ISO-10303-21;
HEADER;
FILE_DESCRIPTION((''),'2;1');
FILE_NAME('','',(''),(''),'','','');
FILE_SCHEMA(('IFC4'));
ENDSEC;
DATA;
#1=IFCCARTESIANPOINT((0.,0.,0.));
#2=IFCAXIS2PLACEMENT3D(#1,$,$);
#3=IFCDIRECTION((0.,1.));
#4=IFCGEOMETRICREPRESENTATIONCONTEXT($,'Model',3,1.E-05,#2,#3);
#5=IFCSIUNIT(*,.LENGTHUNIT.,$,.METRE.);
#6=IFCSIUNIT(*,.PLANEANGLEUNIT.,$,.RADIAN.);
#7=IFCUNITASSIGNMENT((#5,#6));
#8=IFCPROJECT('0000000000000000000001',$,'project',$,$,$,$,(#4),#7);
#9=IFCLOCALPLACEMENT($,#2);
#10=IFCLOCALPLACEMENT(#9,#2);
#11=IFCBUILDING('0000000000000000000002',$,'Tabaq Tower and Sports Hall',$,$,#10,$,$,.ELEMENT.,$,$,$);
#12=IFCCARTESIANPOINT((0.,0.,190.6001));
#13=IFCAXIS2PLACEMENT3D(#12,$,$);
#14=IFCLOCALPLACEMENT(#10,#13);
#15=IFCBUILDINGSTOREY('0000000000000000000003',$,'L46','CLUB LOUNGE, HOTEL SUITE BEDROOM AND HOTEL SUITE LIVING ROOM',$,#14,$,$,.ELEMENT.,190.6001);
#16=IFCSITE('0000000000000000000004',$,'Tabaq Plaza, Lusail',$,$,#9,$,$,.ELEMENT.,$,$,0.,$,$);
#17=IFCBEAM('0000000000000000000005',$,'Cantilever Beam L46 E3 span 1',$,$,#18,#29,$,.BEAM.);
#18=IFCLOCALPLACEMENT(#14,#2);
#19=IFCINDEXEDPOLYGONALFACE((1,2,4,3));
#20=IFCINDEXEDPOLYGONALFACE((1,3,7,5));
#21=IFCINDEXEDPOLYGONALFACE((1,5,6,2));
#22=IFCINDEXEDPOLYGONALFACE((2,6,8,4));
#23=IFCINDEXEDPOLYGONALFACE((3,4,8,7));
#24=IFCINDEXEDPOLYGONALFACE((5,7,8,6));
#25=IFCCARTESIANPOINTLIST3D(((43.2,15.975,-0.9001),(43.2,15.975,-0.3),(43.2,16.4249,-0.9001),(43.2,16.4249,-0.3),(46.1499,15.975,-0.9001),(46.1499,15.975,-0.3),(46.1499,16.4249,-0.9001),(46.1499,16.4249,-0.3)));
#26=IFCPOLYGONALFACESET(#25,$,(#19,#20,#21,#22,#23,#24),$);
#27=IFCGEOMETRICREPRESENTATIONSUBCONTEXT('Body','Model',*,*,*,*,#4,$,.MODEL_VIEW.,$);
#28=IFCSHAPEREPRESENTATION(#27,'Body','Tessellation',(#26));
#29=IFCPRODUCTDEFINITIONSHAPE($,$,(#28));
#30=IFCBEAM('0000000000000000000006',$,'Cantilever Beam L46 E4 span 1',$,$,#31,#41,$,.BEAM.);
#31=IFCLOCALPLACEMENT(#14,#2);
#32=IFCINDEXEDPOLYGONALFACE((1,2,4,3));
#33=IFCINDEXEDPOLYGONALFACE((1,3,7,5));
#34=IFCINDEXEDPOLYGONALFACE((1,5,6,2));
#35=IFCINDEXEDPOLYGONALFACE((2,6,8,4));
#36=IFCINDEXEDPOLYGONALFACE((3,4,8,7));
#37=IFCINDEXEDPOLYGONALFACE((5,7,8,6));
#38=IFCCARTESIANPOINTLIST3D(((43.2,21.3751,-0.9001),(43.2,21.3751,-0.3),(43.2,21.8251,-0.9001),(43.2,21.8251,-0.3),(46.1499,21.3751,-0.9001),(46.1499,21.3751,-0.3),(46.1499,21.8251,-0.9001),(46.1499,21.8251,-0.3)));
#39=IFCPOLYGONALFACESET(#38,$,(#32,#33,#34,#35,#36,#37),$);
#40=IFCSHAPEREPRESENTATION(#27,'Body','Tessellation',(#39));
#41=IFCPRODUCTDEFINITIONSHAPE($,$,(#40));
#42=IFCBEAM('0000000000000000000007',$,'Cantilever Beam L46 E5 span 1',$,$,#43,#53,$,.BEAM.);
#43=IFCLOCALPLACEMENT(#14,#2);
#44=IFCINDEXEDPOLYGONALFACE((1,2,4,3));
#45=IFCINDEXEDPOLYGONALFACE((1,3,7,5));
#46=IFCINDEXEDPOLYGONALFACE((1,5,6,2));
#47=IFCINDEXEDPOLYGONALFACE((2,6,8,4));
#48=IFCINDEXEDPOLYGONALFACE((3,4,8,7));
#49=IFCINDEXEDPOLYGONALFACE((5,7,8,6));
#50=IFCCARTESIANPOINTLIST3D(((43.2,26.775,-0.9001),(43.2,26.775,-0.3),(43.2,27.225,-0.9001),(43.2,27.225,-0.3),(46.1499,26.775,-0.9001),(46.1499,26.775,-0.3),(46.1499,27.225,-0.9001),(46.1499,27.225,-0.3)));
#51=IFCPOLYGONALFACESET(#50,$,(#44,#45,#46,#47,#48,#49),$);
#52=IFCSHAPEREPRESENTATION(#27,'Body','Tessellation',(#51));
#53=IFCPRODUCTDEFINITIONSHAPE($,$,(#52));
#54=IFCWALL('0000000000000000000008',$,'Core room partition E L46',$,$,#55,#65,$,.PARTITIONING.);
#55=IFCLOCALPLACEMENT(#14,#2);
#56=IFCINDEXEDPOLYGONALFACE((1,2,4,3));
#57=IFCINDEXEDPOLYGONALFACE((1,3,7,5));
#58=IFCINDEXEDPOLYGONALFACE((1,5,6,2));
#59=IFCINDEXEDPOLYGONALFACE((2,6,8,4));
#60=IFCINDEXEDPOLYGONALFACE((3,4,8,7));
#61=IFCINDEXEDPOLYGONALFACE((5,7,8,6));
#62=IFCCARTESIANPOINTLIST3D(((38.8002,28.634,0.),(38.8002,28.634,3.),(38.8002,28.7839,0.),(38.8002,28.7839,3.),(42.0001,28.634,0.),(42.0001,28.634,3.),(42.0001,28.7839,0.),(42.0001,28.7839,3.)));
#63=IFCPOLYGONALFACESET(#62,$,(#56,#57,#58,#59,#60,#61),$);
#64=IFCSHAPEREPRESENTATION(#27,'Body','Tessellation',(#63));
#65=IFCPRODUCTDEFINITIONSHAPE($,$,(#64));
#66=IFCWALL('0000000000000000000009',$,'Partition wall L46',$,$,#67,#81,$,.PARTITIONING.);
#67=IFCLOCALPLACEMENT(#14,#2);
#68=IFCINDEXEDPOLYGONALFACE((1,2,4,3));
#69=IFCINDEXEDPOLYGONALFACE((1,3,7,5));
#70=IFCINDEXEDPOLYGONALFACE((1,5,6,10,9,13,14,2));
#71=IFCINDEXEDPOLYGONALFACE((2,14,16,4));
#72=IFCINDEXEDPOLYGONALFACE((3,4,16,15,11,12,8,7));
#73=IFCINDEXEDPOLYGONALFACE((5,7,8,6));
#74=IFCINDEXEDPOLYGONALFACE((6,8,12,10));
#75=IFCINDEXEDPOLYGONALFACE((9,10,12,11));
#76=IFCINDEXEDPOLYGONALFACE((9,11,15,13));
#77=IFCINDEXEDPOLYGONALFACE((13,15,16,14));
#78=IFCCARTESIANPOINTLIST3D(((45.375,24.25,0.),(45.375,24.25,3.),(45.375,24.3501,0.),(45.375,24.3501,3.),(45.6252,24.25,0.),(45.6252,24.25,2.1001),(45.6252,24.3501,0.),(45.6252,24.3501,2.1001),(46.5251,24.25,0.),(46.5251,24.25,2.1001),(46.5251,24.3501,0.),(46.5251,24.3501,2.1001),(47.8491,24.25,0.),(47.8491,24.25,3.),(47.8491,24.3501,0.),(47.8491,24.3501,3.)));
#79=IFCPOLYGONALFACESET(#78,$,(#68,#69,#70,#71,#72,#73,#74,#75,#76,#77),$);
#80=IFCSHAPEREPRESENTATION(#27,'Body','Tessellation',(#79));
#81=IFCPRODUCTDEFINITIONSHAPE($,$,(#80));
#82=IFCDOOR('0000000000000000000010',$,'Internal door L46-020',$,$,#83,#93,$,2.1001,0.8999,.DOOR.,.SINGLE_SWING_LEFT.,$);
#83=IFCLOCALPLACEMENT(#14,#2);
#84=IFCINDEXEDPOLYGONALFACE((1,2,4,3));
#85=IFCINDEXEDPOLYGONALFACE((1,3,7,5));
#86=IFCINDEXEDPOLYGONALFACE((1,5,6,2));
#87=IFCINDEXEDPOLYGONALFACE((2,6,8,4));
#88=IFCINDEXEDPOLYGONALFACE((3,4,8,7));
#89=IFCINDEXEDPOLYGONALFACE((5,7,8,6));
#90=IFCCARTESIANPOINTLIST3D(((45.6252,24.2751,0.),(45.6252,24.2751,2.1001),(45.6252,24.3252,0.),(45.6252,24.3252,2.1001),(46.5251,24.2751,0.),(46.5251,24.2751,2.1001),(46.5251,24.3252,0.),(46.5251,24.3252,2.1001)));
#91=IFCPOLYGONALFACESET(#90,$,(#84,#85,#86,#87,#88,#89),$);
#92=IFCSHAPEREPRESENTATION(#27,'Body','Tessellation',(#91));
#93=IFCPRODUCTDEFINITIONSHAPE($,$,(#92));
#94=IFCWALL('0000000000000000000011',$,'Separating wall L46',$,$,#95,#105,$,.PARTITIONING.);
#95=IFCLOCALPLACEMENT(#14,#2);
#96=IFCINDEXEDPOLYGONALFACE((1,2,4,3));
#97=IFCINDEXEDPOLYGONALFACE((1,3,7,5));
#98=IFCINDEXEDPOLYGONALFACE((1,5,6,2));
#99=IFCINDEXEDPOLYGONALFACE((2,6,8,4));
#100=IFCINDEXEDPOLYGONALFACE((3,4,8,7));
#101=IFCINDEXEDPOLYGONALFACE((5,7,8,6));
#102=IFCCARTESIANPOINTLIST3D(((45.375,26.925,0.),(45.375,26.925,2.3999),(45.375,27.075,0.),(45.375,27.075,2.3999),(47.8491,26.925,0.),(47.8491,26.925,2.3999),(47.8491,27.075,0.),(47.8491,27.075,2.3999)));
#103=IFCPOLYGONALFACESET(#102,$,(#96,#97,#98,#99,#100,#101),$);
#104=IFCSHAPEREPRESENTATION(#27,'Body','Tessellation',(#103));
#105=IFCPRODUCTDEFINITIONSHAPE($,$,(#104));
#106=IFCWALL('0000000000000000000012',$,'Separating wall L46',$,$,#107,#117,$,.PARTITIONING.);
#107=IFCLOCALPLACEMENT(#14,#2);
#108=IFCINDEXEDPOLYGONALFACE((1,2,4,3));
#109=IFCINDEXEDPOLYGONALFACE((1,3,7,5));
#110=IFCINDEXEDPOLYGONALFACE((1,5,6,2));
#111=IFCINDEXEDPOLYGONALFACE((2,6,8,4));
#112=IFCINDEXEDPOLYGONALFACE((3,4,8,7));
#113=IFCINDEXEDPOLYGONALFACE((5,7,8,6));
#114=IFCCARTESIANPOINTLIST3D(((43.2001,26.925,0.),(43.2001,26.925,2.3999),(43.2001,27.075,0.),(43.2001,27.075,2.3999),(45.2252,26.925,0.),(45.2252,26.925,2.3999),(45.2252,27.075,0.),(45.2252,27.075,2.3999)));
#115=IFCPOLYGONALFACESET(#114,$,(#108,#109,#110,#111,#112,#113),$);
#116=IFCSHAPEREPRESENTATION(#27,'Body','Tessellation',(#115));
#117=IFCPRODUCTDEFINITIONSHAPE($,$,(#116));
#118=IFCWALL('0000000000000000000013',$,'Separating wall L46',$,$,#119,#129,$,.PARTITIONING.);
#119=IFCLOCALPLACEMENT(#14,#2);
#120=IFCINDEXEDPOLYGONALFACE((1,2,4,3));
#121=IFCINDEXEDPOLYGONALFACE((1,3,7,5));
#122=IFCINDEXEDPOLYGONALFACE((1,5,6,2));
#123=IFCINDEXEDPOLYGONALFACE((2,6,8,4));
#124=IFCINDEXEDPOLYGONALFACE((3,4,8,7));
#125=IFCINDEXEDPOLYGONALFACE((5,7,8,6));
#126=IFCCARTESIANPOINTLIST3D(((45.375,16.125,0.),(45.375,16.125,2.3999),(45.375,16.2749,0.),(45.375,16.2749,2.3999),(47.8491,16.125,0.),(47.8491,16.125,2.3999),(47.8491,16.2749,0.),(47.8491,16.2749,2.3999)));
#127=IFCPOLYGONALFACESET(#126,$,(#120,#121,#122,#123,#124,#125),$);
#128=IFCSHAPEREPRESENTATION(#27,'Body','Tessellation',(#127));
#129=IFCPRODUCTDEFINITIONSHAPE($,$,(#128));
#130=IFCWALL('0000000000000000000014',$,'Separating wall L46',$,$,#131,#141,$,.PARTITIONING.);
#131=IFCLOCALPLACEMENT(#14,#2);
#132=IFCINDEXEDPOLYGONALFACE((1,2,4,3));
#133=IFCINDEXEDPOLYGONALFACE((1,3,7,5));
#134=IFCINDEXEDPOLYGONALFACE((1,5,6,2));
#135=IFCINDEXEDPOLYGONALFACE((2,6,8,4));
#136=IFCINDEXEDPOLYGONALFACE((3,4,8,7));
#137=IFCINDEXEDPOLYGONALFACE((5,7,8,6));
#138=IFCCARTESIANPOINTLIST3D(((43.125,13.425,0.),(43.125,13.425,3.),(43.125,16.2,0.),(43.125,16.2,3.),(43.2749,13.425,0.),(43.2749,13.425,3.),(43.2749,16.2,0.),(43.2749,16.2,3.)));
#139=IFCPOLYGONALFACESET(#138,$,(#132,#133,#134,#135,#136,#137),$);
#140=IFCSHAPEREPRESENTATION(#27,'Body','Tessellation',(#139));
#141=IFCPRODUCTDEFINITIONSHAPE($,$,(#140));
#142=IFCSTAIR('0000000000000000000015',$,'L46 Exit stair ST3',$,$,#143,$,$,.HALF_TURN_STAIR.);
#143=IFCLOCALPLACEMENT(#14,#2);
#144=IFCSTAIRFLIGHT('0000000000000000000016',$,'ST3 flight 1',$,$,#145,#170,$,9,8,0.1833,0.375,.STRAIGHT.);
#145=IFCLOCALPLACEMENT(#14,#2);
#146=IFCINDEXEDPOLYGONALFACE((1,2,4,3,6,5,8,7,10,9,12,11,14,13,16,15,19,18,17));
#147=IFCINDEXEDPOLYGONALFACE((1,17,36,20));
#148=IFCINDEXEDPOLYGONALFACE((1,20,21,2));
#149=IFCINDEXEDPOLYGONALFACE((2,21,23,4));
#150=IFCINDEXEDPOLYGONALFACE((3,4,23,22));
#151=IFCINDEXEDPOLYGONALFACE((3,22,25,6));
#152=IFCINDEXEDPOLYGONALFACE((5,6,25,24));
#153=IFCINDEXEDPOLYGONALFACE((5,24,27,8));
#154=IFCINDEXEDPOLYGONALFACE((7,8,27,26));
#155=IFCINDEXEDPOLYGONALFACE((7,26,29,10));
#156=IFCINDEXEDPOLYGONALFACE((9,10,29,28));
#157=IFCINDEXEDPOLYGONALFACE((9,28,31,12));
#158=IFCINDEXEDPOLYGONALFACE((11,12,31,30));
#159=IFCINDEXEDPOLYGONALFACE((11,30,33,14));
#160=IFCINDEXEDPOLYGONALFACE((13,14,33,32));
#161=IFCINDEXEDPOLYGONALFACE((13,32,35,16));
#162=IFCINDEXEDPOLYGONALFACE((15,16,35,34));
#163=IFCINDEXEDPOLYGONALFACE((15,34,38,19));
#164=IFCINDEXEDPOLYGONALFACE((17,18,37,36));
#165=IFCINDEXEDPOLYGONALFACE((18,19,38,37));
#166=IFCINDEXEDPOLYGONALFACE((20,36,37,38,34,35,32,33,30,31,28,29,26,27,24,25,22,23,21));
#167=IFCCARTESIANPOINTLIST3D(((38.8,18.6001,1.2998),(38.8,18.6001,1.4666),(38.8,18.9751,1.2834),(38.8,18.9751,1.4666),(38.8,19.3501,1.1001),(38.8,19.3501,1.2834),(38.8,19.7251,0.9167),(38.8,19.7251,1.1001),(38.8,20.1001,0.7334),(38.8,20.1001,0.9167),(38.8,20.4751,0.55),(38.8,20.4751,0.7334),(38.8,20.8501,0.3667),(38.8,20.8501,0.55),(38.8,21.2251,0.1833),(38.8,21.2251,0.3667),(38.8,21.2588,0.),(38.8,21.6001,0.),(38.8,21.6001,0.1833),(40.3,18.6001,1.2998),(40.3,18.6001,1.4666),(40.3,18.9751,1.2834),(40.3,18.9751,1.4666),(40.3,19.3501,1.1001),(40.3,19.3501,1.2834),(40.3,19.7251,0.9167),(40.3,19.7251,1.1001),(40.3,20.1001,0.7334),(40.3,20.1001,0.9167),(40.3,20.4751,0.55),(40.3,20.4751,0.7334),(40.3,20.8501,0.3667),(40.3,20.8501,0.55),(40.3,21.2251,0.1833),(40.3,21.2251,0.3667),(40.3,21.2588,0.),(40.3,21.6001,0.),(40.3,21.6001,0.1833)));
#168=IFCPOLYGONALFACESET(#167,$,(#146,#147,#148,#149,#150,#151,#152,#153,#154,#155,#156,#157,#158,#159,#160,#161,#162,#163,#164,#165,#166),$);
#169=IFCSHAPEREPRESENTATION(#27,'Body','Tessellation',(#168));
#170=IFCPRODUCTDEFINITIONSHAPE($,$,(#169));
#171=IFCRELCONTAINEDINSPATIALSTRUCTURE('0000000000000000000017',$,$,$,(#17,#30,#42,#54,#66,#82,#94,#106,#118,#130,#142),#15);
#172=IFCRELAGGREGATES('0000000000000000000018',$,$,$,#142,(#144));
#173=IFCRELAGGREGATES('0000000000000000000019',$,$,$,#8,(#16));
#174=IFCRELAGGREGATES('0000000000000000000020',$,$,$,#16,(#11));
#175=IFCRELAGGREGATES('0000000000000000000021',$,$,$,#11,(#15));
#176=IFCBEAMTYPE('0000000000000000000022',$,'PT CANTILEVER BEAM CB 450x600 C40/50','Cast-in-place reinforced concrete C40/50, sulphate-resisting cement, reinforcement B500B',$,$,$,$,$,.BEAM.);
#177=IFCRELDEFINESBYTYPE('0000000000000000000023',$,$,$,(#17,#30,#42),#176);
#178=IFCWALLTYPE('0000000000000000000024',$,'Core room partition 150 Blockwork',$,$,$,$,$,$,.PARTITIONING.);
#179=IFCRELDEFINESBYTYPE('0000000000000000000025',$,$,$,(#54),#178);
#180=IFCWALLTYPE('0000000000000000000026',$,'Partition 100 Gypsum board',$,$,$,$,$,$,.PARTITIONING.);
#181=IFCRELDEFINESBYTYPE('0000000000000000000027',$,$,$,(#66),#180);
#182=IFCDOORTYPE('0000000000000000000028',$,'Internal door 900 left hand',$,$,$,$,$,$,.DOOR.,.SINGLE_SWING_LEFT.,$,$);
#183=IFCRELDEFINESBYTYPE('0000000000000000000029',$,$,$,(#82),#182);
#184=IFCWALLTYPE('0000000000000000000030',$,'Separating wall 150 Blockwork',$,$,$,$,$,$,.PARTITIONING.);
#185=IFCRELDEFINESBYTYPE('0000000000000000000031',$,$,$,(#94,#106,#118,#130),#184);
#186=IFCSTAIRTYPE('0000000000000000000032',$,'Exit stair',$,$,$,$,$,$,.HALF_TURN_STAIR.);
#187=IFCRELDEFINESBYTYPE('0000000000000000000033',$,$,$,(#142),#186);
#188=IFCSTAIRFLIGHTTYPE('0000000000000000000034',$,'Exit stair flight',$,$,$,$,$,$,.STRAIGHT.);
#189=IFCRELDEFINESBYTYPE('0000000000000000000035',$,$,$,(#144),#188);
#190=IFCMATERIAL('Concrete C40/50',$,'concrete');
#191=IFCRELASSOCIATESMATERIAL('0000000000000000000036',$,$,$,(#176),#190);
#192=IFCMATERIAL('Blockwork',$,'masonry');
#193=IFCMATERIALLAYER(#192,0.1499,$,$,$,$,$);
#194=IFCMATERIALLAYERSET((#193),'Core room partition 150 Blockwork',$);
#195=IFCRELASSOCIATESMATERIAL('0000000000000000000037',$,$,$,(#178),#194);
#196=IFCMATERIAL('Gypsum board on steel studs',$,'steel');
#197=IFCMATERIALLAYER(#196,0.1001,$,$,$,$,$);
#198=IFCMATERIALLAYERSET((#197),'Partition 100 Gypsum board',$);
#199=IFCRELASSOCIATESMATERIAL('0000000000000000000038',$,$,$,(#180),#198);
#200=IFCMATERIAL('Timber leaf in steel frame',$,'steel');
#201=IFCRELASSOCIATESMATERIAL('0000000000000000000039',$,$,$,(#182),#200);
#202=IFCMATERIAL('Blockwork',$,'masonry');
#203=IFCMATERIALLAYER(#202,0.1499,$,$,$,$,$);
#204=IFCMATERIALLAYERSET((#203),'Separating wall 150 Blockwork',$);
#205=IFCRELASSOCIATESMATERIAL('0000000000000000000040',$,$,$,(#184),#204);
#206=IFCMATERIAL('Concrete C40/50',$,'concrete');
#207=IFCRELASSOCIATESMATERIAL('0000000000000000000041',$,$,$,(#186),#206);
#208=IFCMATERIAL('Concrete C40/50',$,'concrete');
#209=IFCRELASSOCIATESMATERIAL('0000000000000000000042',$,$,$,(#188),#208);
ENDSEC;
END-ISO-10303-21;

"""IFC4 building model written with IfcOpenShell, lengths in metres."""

from ifc_helpers import new_model, si_unit, direction, frame, frame_2d, origin, origin_2d, place, context, subcontext, project, spatial, polyline, rectangle, outline, extrude, material, layer, layer_set, material_profile, profile_set, type_object, element, fill, aggregate, save


model = new_model("IFC4")

# Units and contexts
model_context = context("Model", 3, precision=1e-05, world=origin(), true_north=direction((0.0, 1.0)))
body_context = subcontext(model_context, "Body", "Model", "MODEL_VIEW")
ifc_project = project(units=[si_unit("LENGTHUNIT", "METRE"), si_unit("PLANEANGLEUNIT", "RADIAN")], contexts=[model_context])

# Site, building, storey
site_placement = place(None, origin())
site = spatial("IfcSite", under=ifc_project, at=site_placement, Name="Tabaq Plaza, Lusail", CompositionType="ELEMENT", RefElevation=0.0)
building_placement = place(site_placement, origin())
building = spatial("IfcBuilding", under=site, at=building_placement, Name="Tabaq Tower and Sports Hall", CompositionType="ELEMENT")
storey_placement = place(building_placement, frame((0.0, 0.0, 190.6001)))
storey = spatial("IfcBuildingStorey", under=building, at=storey_placement, Name="L46", Description="CLUB LOUNGE, HOTEL SUITE BEDROOM AND HOTEL SUITE LIVING ROOM", CompositionType="ELEMENT", Elevation=190.6001)

# Beams
ifc_material_1 = material(Name="Concrete C40/50", Category="concrete")
ifc_material_profile = material_profile(ifc_material_1, rectangle(XDim=0.45, YDim=0.6001, at=origin_2d()), Name="CB 450x600")
ifc_profile_set = profile_set([ifc_material_profile], Name="Concrete C40/50")
beam_type = type_object("IfcBeamType", Name="PT CANTILEVER BEAM CB 450x600 C40/50", Description="Cast-in-place reinforced concrete C40/50, sulphate-resisting cement, reinforcement B500B", PredefinedType="BEAM", material=ifc_profile_set)
for number, where, z_axis, x_axis, name in (
    (1, (46.1499, 16.2, -0.6001), (-1.0, 0.0, 0.0), (0.0, -1.0, 0.0), "Cantilever Beam L46 E3 span 1"),
    (2, (46.1499, 21.6001, -0.6001), (-1.0, 0.0, 0.0), (0.0, -1.0, 0.0), "Cantilever Beam L46 E4 span 1"),
    (3, (46.1499, 27.0, -0.6001), (-1.0, 0.0, 0.0), (0.0, -1.0, 0.0), "Cantilever Beam L46 E5 span 1"),
):
    element("IfcBeam", number, at=place(storey_placement, frame(where, z_axis=z_axis, x_axis=x_axis)), inside=storey, type_object=beam_type, Name=name, PredefinedType="BEAM", context=body_context, shape_type="SweptSolid", body=[
        extrude(rectangle(XDim=0.45, YDim=0.6001, at=origin_2d()), origin(), (0.0, 0.0, 1.0), 2.95),
    ])

# Wall
ifc_material_2 = material(Name="Blockwork", Category="masonry")
ifc_layer_1 = layer(ifc_material_2, 0.1499)
ifc_layer_set_1 = layer_set([ifc_layer_1], Name="Core room partition 150 Blockwork")
wall_type_1 = type_object("IfcWallType", Name="Core room partition 150 Blockwork", PredefinedType="PARTITIONING", material=ifc_layer_set_1)
wall_1_placement = place(storey_placement, frame((38.8, 28.709, 0.0), z_axis=(0.0, 0.0, 1.0), x_axis=(1.0, 0.0, 0.0)))
element("IfcWall", 4, at=wall_1_placement, inside=storey, type_object=wall_type_1, Name="Core room partition E L46", PredefinedType="PARTITIONING", context=body_context, shape_type="SweptSolid", body=[
    extrude(rectangle(XDim=3.2, YDim=0.1499, at=frame_2d((1.6001, 0.0))), origin(), (0.0, 0.0, 1.0), 3.0),
])

# Wall, opening, door
ifc_material_3 = material(Name="Gypsum board on steel studs", Category="steel")
ifc_layer_2 = layer(ifc_material_3, 0.1001)
ifc_layer_set_2 = layer_set([ifc_layer_2], Name="Partition 100 Gypsum board")
wall_type_2 = type_object("IfcWallType", Name="Partition 100 Gypsum board", PredefinedType="PARTITIONING", material=ifc_layer_set_2)
wall_2_placement = place(storey_placement, frame((47.8491, 24.3, 0.0), z_axis=(0.0, 0.0, 1.0), x_axis=(-1.0, 0.0, 0.0)))
wall_2 = element("IfcWall", 5, at=wall_2_placement, inside=storey, type_object=wall_type_2, Name="Partition wall L46", PredefinedType="PARTITIONING", context=body_context, shape_type="SweptSolid", body=[
    extrude(rectangle(XDim=2.4741, YDim=0.1001, at=frame_2d((1.2371, 0.0))), origin(), (0.0, 0.0, 1.0), 3.0),
])
opening_1_placement = place(wall_2_placement, frame((1.324, 0.0, 0.0)))
opening_1 = element("IfcOpeningElement", 6, at=opening_1_placement, cuts=wall_2, PredefinedType="OPENING", context=body_context, shape_type="SweptSolid", body=[
    extrude(rectangle(XDim=0.8999, YDim=2.1001, at=frame_2d((0.45, 1.05))), frame((0.0, 0.05, 0.0), z_axis=(0.0, -1.0, 0.0), x_axis=(1.0, 0.0, 0.0)), (0.0, 0.0, 1.0), 0.1001),
])
ifc_material_4 = material(Name="Timber leaf in steel frame", Category="steel")
door_type_1 = type_object("IfcDoorType", Name="Internal door 900 left hand", OperationType="SINGLE_SWING_LEFT", PredefinedType="DOOR", material=ifc_material_4)
door_1_placement = place(opening_1_placement, origin())
door_1 = element("IfcDoor", 7, at=door_1_placement, inside=storey, type_object=door_type_1, Name="Internal door L46-020", OperationType="SINGLE_SWING_LEFT", OverallHeight=2.1001, OverallWidth=0.8999, PredefinedType="DOOR", context=body_context, shape_type="SweptSolid", body=[
    extrude(rectangle(XDim=0.8999, YDim=2.1001, at=frame_2d((0.45, 1.05))), frame((0.0, 0.0249, 0.0), z_axis=(0.0, -1.0, 0.0), x_axis=(1.0, 0.0, 0.0)), (0.0, 0.0, 1.0), 0.05),
])
fill(opening_1, door_1)

# Walls
ifc_material_5 = material(Name="Blockwork", Category="masonry")
ifc_layer_3 = layer(ifc_material_5, 0.1499)
ifc_layer_set_3 = layer_set([ifc_layer_3], Name="Separating wall 150 Blockwork")
wall_type_3 = type_object("IfcWallType", Name="Separating wall 150 Blockwork", PredefinedType="PARTITIONING", material=ifc_layer_set_3)
wall_3_placement = place(storey_placement, frame((45.375, 27.0, 0.0), z_axis=(0.0, 0.0, 1.0), x_axis=(1.0, 0.0, 0.0)))
element("IfcWall", 8, at=wall_3_placement, inside=storey, type_object=wall_type_3, Name="Separating wall L46", PredefinedType="PARTITIONING", context=body_context, shape_type="SweptSolid", body=[
    extrude(rectangle(XDim=2.4741, YDim=0.1499, at=frame_2d((1.2371, 0.0))), origin(), (0.0, 0.0, 1.0), 2.3999),
])
wall_4_placement = place(storey_placement, frame((43.2, 27.0, 0.0), z_axis=(0.0, 0.0, 1.0), x_axis=(1.0, 0.0, 0.0)))
element("IfcWall", 9, at=wall_4_placement, inside=storey, type_object=wall_type_3, Name="Separating wall L46", PredefinedType="PARTITIONING", context=body_context, shape_type="SweptSolid", body=[
    extrude(rectangle(XDim=2.0251, YDim=0.1499, at=frame_2d((1.0127, 0.0))), origin(), (0.0, 0.0, 1.0), 2.3999),
])
wall_5_placement = place(storey_placement, frame((47.8491, 16.2, 0.0), z_axis=(0.0, 0.0, 1.0), x_axis=(-1.0, 0.0, 0.0)))
element("IfcWall", 10, at=wall_5_placement, inside=storey, type_object=wall_type_3, Name="Separating wall L46", PredefinedType="PARTITIONING", context=body_context, shape_type="SweptSolid", body=[
    extrude(rectangle(XDim=2.4741, YDim=0.1499, at=frame_2d((1.2371, 0.0))), origin(), (0.0, 0.0, 1.0), 2.3999),
])
wall_6_placement = place(storey_placement, frame((43.2, 16.2, 0.0), z_axis=(0.0, 0.0, 1.0), x_axis=(0.0, -1.0, 0.0)))
element("IfcWall", 11, at=wall_6_placement, inside=storey, type_object=wall_type_3, Name="Separating wall L46", PredefinedType="PARTITIONING", context=body_context, shape_type="SweptSolid", body=[
    extrude(rectangle(XDim=2.7749, YDim=0.1499, at=frame_2d((1.3875, 0.0))), origin(), (0.0, 0.0, 1.0), 3.0),
])

# Stair, stair flight
ifc_material_6 = material(Name="Concrete C40/50", Category="concrete")
stair_type = type_object("IfcStairType", Name="Exit stair", PredefinedType="HALF_TURN_STAIR", material=ifc_material_6)
stair_placement = place(storey_placement, origin())
stair = element("IfcStair", 12, at=stair_placement, inside=storey, type_object=stair_type, Name="L46 Exit stair ST3", PredefinedType="HALF_TURN_STAIR")
ifc_material_7 = material(Name="Concrete C40/50", Category="concrete")
stair_flight_type = type_object("IfcStairFlightType", Name="Exit stair flight", PredefinedType="STRAIGHT", material=ifc_material_7)
stair_flight_1_placement = place(storey_placement, frame((39.55, 21.6001, 0.0), z_axis=(0.0, 0.0, 1.0), x_axis=(0.0, -1.0, 0.0)))
stair_flight_1 = element("IfcStairFlight", 13, at=stair_flight_1_placement, type_object=stair_flight_type, Name="ST3 flight 1", NumberOfRisers=9, NumberOfTreads=8, PredefinedType="STRAIGHT", RiserHeight=0.1833, TreadLength=0.375, context=body_context, shape_type="SweptSolid", body=[
    extrude(outline(polyline([(0.0, 0.0), (0.0, 0.1833), (0.375, 0.1833), (0.375, 0.3667), (0.75, 0.3667), (0.75, 0.55), (1.125, 0.55), (1.125, 0.7334), (1.5, 0.7334), (1.5, 0.9167), (1.875, 0.9167), (1.875, 1.1001), (2.25, 1.1001), (2.25, 1.2834), (2.625, 1.2834), (2.625, 1.4666), (3.0, 1.4666), (3.0, 1.6499), (3.0, 1.2998), (0.3413, 0.0), (0.0, 0.0)])), frame((0.0, 0.75, 0.0), z_axis=(0.0, -1.0, 0.0), x_axis=(1.0, 0.0, 0.0)), (0.0, 0.0, 1.0), 1.5),
])
aggregate(stair, [stair_flight_1])

save(model, "model.ifc")
